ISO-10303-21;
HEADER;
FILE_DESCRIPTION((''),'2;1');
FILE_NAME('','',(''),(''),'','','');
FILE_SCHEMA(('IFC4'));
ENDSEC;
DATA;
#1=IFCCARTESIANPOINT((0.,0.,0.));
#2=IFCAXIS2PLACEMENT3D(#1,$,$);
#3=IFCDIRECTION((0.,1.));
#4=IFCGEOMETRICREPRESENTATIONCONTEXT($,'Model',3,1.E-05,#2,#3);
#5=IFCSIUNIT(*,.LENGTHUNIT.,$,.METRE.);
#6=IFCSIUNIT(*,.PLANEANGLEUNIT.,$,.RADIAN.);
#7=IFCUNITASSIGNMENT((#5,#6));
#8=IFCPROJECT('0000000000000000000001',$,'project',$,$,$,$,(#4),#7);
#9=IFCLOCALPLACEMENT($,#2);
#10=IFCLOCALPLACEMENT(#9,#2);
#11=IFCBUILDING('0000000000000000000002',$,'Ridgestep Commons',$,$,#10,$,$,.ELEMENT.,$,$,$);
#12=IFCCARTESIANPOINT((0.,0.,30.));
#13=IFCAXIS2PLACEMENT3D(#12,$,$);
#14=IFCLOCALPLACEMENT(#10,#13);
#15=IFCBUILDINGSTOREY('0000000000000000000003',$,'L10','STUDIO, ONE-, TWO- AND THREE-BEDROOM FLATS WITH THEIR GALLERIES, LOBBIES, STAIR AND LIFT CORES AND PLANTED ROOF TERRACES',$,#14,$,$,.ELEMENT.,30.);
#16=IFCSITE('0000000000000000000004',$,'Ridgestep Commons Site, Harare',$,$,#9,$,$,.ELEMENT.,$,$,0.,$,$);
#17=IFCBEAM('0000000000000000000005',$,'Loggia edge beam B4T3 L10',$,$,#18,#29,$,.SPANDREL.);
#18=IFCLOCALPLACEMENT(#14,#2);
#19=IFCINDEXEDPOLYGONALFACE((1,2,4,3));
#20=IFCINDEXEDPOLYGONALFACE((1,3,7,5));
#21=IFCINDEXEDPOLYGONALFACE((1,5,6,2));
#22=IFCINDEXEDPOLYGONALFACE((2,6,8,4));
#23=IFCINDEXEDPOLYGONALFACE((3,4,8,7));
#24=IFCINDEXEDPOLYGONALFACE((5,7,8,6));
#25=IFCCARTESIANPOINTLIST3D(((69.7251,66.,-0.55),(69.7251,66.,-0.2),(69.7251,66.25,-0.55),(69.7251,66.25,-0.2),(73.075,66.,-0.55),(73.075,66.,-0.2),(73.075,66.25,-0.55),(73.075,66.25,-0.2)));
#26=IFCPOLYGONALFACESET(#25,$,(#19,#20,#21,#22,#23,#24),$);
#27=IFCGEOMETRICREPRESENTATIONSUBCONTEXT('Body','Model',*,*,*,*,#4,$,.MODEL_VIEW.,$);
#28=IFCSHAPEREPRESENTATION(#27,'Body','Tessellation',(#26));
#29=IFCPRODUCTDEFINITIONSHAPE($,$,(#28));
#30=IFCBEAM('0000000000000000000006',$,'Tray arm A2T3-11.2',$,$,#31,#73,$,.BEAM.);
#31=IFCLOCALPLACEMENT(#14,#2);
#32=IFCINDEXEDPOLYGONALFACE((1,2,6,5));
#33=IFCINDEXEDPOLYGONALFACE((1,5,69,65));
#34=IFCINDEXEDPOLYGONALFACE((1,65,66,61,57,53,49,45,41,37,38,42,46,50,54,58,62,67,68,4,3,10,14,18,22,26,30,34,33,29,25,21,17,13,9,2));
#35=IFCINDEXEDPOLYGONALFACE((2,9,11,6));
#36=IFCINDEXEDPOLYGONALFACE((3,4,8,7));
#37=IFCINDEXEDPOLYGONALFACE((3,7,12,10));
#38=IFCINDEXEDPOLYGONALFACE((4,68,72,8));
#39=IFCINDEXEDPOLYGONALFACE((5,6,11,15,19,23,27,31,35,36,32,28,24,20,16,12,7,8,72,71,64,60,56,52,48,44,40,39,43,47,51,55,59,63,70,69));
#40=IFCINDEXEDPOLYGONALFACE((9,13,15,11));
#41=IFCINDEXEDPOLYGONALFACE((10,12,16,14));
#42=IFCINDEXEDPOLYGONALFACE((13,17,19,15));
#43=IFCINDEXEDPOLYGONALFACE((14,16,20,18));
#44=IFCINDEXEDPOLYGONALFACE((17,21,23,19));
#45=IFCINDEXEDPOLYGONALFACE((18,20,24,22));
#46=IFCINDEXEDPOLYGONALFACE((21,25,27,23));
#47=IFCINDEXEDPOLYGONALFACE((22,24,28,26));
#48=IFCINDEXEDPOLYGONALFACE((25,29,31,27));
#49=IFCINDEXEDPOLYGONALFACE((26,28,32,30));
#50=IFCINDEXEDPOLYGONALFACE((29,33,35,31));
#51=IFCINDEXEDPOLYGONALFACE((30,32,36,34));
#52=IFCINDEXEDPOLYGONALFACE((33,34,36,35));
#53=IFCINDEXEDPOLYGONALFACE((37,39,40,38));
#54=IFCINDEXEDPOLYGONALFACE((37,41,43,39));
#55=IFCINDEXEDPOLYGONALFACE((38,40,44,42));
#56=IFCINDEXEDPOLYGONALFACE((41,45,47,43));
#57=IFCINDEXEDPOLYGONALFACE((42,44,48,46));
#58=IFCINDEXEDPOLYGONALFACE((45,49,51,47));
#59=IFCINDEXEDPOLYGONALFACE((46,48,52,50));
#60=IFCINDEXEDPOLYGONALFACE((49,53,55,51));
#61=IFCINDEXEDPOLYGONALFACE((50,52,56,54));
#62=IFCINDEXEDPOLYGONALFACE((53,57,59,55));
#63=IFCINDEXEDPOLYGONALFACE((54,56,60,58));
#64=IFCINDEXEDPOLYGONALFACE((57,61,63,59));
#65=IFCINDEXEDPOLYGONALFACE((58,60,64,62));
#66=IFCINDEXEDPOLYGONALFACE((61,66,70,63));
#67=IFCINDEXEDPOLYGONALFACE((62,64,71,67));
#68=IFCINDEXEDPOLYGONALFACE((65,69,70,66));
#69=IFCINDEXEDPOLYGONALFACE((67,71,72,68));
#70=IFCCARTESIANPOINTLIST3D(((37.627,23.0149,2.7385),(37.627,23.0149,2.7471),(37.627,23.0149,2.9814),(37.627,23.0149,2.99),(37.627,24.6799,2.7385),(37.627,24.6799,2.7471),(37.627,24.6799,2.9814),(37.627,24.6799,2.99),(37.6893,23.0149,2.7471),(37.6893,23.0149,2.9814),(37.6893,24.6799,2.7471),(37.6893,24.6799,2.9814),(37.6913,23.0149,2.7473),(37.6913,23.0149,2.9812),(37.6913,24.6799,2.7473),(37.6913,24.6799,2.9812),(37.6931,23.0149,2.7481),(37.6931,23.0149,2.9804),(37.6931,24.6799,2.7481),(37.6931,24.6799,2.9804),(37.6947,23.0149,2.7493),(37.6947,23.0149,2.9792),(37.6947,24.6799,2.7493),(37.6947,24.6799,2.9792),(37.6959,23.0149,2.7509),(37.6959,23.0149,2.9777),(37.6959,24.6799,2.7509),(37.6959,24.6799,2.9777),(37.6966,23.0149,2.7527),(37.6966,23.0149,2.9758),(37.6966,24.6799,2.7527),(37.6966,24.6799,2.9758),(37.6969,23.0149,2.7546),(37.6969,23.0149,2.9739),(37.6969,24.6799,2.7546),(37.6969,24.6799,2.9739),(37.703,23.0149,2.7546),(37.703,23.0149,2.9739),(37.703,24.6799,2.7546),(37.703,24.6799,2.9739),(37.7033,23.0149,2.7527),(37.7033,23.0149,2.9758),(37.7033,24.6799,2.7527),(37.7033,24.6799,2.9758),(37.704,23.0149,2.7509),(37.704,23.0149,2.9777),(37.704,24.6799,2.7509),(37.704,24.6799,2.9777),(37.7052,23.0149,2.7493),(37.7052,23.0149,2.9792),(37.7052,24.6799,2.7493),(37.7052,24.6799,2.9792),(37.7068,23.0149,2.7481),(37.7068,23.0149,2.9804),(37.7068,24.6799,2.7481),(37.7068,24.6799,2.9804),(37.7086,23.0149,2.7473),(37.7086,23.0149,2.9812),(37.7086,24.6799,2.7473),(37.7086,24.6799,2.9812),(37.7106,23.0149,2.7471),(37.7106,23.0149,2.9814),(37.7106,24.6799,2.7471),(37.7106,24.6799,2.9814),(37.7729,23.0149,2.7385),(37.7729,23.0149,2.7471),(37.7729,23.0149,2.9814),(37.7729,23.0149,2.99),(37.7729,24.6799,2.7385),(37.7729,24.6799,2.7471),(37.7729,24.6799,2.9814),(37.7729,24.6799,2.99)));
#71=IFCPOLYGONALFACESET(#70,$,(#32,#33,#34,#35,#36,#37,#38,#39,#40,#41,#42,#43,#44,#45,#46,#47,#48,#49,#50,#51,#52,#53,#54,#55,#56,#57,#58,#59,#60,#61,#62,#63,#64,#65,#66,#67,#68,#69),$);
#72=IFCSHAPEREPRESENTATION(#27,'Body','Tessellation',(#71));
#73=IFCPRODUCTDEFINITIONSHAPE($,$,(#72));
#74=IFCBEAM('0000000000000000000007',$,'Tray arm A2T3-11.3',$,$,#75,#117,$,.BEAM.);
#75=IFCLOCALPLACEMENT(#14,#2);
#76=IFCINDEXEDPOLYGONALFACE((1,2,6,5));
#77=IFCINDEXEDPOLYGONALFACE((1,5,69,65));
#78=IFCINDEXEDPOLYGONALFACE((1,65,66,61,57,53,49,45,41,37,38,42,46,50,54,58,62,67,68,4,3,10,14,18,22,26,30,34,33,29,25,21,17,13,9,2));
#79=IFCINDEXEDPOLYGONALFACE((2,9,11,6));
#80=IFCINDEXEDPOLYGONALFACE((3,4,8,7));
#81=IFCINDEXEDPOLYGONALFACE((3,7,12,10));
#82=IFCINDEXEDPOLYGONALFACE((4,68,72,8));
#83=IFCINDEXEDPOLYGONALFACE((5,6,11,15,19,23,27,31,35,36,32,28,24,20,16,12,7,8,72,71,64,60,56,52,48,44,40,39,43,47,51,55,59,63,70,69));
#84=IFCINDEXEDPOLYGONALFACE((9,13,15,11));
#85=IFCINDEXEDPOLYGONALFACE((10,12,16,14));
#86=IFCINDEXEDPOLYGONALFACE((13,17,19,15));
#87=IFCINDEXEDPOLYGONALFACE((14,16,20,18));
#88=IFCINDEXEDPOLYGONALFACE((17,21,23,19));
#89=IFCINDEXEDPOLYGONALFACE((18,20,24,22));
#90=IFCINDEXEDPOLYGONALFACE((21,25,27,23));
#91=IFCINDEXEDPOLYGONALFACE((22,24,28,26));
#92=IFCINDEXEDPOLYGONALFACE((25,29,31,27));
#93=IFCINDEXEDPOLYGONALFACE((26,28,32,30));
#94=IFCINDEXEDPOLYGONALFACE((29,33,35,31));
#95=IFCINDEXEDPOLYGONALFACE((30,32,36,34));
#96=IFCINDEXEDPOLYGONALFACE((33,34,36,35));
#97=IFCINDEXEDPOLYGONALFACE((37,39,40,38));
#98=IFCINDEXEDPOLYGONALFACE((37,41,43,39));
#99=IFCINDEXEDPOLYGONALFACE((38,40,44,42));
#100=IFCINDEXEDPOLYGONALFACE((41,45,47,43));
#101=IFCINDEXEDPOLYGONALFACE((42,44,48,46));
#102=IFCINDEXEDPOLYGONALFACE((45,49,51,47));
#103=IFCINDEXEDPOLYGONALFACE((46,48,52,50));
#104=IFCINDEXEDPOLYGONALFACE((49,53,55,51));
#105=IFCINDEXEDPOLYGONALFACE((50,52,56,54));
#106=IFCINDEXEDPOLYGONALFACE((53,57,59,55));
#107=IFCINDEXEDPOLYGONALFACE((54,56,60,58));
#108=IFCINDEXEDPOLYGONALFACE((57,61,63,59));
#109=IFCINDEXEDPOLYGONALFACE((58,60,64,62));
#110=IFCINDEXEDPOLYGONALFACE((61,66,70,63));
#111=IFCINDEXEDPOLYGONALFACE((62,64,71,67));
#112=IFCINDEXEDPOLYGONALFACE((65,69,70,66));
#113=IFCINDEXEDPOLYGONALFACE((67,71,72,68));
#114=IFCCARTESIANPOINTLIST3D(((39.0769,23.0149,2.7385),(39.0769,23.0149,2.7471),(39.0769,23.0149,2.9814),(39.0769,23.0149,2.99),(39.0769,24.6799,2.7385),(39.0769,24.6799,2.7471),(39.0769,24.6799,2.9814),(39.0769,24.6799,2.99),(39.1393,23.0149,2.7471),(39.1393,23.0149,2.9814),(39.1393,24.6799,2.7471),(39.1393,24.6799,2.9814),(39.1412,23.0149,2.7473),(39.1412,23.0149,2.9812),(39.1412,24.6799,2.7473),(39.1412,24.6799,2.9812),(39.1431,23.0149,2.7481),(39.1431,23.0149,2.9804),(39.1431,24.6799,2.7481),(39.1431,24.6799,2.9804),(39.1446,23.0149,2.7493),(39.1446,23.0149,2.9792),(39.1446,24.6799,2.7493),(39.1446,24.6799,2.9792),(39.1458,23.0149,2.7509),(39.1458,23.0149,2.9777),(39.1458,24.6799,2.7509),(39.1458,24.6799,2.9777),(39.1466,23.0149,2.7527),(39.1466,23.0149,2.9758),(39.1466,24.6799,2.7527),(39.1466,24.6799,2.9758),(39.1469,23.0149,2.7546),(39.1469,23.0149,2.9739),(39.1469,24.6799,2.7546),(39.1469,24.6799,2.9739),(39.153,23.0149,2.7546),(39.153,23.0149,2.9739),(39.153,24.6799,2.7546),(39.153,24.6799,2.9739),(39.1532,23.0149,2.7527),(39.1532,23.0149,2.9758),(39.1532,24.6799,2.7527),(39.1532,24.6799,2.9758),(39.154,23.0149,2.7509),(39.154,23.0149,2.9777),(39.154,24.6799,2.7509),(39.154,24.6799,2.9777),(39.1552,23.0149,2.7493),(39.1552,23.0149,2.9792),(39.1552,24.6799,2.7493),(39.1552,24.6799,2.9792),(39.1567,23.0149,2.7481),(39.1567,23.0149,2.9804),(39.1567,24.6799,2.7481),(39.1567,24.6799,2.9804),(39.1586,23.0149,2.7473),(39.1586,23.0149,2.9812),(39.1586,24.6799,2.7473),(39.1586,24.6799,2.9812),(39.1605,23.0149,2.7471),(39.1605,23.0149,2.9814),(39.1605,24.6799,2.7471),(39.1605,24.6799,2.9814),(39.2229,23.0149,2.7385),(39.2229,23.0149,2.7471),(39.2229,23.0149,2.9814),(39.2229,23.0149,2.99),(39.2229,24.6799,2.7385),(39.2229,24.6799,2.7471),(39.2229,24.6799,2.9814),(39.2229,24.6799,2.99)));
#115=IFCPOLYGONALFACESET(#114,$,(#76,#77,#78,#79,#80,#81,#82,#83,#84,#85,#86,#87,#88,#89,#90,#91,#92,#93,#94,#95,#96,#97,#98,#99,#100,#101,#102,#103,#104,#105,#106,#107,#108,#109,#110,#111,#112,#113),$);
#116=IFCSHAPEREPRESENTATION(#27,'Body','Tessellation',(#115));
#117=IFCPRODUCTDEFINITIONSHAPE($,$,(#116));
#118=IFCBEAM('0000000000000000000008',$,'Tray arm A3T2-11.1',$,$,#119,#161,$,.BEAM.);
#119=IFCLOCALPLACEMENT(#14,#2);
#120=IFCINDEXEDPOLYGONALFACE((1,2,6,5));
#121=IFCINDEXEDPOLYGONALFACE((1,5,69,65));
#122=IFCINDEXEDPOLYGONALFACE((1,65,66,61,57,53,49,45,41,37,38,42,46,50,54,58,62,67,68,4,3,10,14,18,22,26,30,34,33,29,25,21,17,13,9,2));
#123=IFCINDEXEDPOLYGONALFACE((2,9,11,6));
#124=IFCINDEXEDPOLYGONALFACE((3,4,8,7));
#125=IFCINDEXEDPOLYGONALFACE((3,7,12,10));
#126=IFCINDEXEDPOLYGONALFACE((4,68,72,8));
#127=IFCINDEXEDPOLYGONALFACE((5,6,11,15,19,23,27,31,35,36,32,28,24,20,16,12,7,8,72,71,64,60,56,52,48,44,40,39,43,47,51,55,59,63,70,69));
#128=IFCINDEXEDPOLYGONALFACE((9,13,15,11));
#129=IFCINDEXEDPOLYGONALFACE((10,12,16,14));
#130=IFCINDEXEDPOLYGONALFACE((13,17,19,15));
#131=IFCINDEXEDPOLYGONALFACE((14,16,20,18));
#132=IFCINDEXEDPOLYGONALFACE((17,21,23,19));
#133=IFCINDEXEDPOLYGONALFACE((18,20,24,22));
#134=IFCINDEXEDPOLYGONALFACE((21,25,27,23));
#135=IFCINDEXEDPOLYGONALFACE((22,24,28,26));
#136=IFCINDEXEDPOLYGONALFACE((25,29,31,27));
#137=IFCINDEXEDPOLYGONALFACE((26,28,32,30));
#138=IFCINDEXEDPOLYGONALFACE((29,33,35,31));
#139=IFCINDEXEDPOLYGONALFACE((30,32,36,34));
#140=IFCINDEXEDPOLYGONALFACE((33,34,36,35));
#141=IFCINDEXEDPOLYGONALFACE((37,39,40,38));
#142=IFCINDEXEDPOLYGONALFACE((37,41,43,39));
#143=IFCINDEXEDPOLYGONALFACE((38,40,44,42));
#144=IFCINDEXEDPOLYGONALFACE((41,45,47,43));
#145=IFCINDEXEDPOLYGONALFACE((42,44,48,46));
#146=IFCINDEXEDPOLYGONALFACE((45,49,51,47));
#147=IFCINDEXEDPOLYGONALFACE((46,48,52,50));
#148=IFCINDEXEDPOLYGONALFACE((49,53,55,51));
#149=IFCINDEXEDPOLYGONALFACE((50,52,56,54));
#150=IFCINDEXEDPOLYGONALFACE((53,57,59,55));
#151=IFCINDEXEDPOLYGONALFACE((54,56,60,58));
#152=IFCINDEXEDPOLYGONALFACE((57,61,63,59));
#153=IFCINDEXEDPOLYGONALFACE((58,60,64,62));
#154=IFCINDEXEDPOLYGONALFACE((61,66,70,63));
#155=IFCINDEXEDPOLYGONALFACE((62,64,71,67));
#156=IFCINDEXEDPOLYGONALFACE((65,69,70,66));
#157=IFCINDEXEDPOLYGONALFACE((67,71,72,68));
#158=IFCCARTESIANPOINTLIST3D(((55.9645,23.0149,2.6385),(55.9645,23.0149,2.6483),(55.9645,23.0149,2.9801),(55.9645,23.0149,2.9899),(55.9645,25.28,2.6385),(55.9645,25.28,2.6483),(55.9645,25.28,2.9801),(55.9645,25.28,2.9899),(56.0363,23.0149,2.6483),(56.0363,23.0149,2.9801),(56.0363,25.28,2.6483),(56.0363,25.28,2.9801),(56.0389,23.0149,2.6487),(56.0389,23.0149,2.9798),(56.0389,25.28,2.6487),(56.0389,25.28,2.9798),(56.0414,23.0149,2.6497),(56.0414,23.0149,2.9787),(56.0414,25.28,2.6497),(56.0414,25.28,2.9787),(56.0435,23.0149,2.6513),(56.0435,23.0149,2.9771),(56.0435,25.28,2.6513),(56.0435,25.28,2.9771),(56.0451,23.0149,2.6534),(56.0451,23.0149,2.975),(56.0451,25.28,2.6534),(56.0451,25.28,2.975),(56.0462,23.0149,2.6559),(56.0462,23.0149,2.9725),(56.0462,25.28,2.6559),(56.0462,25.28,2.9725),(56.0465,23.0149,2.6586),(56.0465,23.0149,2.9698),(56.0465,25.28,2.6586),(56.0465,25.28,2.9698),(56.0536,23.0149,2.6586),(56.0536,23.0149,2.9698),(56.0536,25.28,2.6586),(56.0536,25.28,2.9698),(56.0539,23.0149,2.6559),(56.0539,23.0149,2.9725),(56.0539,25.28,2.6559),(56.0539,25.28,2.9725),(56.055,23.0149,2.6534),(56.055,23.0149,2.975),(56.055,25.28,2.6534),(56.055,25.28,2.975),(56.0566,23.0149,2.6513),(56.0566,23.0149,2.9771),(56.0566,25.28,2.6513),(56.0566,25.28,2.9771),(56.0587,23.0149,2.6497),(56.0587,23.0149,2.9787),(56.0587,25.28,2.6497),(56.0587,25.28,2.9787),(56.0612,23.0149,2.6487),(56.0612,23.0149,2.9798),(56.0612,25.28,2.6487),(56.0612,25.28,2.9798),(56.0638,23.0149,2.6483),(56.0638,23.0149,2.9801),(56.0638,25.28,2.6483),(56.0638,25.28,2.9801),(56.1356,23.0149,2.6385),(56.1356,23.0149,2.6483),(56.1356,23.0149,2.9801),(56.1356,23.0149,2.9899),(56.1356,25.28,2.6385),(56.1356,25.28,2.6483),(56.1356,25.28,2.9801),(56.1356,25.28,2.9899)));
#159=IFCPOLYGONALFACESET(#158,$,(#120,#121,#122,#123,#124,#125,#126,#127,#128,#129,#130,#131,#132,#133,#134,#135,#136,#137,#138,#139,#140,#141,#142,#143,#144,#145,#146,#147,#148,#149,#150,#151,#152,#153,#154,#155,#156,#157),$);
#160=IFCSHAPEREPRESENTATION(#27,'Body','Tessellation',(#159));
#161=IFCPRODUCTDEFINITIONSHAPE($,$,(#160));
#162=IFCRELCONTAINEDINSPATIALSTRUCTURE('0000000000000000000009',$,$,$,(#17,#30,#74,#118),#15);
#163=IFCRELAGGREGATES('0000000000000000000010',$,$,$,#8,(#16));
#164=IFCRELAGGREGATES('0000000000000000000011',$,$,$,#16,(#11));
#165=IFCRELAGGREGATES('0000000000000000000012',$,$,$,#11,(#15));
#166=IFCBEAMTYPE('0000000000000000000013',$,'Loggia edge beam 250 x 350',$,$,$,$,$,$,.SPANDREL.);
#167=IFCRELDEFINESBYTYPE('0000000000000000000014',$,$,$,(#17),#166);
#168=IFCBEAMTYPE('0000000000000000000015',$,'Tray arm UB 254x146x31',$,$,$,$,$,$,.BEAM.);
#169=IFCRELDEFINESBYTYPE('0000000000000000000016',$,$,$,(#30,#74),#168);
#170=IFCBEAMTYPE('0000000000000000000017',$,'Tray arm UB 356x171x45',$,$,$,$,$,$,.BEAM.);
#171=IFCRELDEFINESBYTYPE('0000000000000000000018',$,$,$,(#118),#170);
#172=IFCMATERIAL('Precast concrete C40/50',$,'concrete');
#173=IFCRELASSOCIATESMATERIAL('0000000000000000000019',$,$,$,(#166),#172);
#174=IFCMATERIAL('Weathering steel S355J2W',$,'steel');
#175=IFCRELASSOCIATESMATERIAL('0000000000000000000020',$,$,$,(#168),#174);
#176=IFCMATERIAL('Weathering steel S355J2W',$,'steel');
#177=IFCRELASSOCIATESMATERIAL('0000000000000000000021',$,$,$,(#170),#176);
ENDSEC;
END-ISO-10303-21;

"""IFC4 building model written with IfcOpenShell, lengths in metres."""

from ifc_helpers import new_model, si_unit, direction, frame, origin, origin_2d, place, context, subcontext, project, spatial, rectangle, i_section, extrude, material, material_profile, profile_set, type_object, element, save


model = new_model("IFC4")

# Units and contexts
model_context = context("Model", 3, precision=1e-05, world=origin(), true_north=direction((0.0, 1.0)))
body_context = subcontext(model_context, "Body", "Model", "MODEL_VIEW")
ifc_project = project(units=[si_unit("LENGTHUNIT", "METRE"), si_unit("PLANEANGLEUNIT", "RADIAN")], contexts=[model_context])

# Site, building, storey
site_placement = place(None, origin())
site = spatial("IfcSite", under=ifc_project, at=site_placement, Name="Ridgestep Commons Site, Harare", CompositionType="ELEMENT", RefElevation=0.0)
building_placement = place(site_placement, origin())
building = spatial("IfcBuilding", under=site, at=building_placement, Name="Ridgestep Commons", CompositionType="ELEMENT")
storey_placement = place(building_placement, frame((0.0, 0.0, 30.0)))
storey = spatial("IfcBuildingStorey", under=building, at=storey_placement, Name="L10", Description="STUDIO, ONE-, TWO- AND THREE-BEDROOM FLATS WITH THEIR GALLERIES, LOBBIES, STAIR AND LIFT CORES AND PLANTED ROOF TERRACES", CompositionType="ELEMENT", Elevation=30.0)

# Beams
ifc_material_1 = material(Name="Precast concrete C40/50", Category="concrete")
ifc_material_profile_1 = material_profile(ifc_material_1, rectangle(XDim=0.25, YDim=0.3501, at=origin_2d()), Name="PC 250x350")
ifc_profile_set_1 = profile_set([ifc_material_profile_1], Name="Precast concrete C40/50")
beam_type_1 = type_object("IfcBeamType", Name="Loggia edge beam 250 x 350", PredefinedType="SPANDREL", material=ifc_profile_set_1)
beam_1_placement = place(storey_placement, frame((69.7251, 66.125, -0.375), z_axis=(1.0, 0.0, 0.0), x_axis=(0.0, 1.0, 0.0)))
element("IfcBeam", 1, at=beam_1_placement, inside=storey, type_object=beam_type_1, Name="Loggia edge beam B4T3 L10", PredefinedType="SPANDREL", context=body_context, shape_type="SweptSolid", body=[
    extrude(rectangle(XDim=0.25, YDim=0.3501, at=origin_2d()), origin(), (0.0, 0.0, 1.0), 3.3499),
])
ifc_material_2 = material(Name="Weathering steel S355J2W", Category="steel")
ifc_material_profile_2 = material_profile(ifc_material_2, i_section(OverallWidth=0.146, OverallDepth=0.2515, WebThickness=0.0061, FlangeThickness=0.0085, FilletRadius=0.0076, at=origin_2d()), Name="UB 254x146x31")
ifc_profile_set_2 = profile_set([ifc_material_profile_2], Name="Weathering steel S355J2W")
beam_type_2 = type_object("IfcBeamType", Name="Tray arm UB 254x146x31", PredefinedType="BEAM", material=ifc_profile_set_2)
for number, where, z_axis, x_axis, name in (
    (2, (37.7, 23.0149, 2.8643), (0.0, 1.0, 0.0), (-1.0, 0.0, 0.0), "Tray arm A2T3-11.2"),
    (3, (39.1499, 23.0149, 2.8643), (0.0, 1.0, 0.0), (-1.0, 0.0, 0.0), "Tray arm A2T3-11.3"),
):
    element("IfcBeam", number, at=place(storey_placement, frame(where, z_axis=z_axis, x_axis=x_axis)), inside=storey, type_object=beam_type_2, Name=name, PredefinedType="BEAM", context=body_context, shape_type="SweptSolid", body=[
        extrude(i_section(OverallWidth=0.146, OverallDepth=0.2515, WebThickness=0.0061, FlangeThickness=0.0085, FilletRadius=0.0076, at=origin_2d()), origin(), (0.0, 0.0, 1.0), 1.665),
    ])
ifc_material_3 = material(Name="Weathering steel S355J2W", Category="steel")
ifc_material_profile_3 = material_profile(ifc_material_3, i_section(OverallWidth=0.1711, OverallDepth=0.3513, WebThickness=0.0071, FlangeThickness=0.0098, FilletRadius=0.0103, at=origin_2d()), Name="UB 356x171x45")
ifc_profile_set_3 = profile_set([ifc_material_profile_3], Name="Weathering steel S355J2W")
beam_type_3 = type_object("IfcBeamType", Name="Tray arm UB 356x171x45", PredefinedType="BEAM", material=ifc_profile_set_3)
for number, where, z_axis, x_axis, name in (
    (4, (56.05, 23.0149, 2.8142), (0.0, 1.0, 0.0), (-1.0, 0.0, 0.0), "Tray arm A3T2-11.1"),
):
    element("IfcBeam", number, at=place(storey_placement, frame(where, z_axis=z_axis, x_axis=x_axis)), inside=storey, type_object=beam_type_3, Name=name, PredefinedType="BEAM", context=body_context, shape_type="SweptSolid", body=[
        extrude(i_section(OverallWidth=0.1711, OverallDepth=0.3513, WebThickness=0.0071, FlangeThickness=0.0098, FilletRadius=0.0103, at=origin_2d()), origin(), (0.0, 0.0, 1.0), 2.2651),
    ])

save(model, "model.ifc")
